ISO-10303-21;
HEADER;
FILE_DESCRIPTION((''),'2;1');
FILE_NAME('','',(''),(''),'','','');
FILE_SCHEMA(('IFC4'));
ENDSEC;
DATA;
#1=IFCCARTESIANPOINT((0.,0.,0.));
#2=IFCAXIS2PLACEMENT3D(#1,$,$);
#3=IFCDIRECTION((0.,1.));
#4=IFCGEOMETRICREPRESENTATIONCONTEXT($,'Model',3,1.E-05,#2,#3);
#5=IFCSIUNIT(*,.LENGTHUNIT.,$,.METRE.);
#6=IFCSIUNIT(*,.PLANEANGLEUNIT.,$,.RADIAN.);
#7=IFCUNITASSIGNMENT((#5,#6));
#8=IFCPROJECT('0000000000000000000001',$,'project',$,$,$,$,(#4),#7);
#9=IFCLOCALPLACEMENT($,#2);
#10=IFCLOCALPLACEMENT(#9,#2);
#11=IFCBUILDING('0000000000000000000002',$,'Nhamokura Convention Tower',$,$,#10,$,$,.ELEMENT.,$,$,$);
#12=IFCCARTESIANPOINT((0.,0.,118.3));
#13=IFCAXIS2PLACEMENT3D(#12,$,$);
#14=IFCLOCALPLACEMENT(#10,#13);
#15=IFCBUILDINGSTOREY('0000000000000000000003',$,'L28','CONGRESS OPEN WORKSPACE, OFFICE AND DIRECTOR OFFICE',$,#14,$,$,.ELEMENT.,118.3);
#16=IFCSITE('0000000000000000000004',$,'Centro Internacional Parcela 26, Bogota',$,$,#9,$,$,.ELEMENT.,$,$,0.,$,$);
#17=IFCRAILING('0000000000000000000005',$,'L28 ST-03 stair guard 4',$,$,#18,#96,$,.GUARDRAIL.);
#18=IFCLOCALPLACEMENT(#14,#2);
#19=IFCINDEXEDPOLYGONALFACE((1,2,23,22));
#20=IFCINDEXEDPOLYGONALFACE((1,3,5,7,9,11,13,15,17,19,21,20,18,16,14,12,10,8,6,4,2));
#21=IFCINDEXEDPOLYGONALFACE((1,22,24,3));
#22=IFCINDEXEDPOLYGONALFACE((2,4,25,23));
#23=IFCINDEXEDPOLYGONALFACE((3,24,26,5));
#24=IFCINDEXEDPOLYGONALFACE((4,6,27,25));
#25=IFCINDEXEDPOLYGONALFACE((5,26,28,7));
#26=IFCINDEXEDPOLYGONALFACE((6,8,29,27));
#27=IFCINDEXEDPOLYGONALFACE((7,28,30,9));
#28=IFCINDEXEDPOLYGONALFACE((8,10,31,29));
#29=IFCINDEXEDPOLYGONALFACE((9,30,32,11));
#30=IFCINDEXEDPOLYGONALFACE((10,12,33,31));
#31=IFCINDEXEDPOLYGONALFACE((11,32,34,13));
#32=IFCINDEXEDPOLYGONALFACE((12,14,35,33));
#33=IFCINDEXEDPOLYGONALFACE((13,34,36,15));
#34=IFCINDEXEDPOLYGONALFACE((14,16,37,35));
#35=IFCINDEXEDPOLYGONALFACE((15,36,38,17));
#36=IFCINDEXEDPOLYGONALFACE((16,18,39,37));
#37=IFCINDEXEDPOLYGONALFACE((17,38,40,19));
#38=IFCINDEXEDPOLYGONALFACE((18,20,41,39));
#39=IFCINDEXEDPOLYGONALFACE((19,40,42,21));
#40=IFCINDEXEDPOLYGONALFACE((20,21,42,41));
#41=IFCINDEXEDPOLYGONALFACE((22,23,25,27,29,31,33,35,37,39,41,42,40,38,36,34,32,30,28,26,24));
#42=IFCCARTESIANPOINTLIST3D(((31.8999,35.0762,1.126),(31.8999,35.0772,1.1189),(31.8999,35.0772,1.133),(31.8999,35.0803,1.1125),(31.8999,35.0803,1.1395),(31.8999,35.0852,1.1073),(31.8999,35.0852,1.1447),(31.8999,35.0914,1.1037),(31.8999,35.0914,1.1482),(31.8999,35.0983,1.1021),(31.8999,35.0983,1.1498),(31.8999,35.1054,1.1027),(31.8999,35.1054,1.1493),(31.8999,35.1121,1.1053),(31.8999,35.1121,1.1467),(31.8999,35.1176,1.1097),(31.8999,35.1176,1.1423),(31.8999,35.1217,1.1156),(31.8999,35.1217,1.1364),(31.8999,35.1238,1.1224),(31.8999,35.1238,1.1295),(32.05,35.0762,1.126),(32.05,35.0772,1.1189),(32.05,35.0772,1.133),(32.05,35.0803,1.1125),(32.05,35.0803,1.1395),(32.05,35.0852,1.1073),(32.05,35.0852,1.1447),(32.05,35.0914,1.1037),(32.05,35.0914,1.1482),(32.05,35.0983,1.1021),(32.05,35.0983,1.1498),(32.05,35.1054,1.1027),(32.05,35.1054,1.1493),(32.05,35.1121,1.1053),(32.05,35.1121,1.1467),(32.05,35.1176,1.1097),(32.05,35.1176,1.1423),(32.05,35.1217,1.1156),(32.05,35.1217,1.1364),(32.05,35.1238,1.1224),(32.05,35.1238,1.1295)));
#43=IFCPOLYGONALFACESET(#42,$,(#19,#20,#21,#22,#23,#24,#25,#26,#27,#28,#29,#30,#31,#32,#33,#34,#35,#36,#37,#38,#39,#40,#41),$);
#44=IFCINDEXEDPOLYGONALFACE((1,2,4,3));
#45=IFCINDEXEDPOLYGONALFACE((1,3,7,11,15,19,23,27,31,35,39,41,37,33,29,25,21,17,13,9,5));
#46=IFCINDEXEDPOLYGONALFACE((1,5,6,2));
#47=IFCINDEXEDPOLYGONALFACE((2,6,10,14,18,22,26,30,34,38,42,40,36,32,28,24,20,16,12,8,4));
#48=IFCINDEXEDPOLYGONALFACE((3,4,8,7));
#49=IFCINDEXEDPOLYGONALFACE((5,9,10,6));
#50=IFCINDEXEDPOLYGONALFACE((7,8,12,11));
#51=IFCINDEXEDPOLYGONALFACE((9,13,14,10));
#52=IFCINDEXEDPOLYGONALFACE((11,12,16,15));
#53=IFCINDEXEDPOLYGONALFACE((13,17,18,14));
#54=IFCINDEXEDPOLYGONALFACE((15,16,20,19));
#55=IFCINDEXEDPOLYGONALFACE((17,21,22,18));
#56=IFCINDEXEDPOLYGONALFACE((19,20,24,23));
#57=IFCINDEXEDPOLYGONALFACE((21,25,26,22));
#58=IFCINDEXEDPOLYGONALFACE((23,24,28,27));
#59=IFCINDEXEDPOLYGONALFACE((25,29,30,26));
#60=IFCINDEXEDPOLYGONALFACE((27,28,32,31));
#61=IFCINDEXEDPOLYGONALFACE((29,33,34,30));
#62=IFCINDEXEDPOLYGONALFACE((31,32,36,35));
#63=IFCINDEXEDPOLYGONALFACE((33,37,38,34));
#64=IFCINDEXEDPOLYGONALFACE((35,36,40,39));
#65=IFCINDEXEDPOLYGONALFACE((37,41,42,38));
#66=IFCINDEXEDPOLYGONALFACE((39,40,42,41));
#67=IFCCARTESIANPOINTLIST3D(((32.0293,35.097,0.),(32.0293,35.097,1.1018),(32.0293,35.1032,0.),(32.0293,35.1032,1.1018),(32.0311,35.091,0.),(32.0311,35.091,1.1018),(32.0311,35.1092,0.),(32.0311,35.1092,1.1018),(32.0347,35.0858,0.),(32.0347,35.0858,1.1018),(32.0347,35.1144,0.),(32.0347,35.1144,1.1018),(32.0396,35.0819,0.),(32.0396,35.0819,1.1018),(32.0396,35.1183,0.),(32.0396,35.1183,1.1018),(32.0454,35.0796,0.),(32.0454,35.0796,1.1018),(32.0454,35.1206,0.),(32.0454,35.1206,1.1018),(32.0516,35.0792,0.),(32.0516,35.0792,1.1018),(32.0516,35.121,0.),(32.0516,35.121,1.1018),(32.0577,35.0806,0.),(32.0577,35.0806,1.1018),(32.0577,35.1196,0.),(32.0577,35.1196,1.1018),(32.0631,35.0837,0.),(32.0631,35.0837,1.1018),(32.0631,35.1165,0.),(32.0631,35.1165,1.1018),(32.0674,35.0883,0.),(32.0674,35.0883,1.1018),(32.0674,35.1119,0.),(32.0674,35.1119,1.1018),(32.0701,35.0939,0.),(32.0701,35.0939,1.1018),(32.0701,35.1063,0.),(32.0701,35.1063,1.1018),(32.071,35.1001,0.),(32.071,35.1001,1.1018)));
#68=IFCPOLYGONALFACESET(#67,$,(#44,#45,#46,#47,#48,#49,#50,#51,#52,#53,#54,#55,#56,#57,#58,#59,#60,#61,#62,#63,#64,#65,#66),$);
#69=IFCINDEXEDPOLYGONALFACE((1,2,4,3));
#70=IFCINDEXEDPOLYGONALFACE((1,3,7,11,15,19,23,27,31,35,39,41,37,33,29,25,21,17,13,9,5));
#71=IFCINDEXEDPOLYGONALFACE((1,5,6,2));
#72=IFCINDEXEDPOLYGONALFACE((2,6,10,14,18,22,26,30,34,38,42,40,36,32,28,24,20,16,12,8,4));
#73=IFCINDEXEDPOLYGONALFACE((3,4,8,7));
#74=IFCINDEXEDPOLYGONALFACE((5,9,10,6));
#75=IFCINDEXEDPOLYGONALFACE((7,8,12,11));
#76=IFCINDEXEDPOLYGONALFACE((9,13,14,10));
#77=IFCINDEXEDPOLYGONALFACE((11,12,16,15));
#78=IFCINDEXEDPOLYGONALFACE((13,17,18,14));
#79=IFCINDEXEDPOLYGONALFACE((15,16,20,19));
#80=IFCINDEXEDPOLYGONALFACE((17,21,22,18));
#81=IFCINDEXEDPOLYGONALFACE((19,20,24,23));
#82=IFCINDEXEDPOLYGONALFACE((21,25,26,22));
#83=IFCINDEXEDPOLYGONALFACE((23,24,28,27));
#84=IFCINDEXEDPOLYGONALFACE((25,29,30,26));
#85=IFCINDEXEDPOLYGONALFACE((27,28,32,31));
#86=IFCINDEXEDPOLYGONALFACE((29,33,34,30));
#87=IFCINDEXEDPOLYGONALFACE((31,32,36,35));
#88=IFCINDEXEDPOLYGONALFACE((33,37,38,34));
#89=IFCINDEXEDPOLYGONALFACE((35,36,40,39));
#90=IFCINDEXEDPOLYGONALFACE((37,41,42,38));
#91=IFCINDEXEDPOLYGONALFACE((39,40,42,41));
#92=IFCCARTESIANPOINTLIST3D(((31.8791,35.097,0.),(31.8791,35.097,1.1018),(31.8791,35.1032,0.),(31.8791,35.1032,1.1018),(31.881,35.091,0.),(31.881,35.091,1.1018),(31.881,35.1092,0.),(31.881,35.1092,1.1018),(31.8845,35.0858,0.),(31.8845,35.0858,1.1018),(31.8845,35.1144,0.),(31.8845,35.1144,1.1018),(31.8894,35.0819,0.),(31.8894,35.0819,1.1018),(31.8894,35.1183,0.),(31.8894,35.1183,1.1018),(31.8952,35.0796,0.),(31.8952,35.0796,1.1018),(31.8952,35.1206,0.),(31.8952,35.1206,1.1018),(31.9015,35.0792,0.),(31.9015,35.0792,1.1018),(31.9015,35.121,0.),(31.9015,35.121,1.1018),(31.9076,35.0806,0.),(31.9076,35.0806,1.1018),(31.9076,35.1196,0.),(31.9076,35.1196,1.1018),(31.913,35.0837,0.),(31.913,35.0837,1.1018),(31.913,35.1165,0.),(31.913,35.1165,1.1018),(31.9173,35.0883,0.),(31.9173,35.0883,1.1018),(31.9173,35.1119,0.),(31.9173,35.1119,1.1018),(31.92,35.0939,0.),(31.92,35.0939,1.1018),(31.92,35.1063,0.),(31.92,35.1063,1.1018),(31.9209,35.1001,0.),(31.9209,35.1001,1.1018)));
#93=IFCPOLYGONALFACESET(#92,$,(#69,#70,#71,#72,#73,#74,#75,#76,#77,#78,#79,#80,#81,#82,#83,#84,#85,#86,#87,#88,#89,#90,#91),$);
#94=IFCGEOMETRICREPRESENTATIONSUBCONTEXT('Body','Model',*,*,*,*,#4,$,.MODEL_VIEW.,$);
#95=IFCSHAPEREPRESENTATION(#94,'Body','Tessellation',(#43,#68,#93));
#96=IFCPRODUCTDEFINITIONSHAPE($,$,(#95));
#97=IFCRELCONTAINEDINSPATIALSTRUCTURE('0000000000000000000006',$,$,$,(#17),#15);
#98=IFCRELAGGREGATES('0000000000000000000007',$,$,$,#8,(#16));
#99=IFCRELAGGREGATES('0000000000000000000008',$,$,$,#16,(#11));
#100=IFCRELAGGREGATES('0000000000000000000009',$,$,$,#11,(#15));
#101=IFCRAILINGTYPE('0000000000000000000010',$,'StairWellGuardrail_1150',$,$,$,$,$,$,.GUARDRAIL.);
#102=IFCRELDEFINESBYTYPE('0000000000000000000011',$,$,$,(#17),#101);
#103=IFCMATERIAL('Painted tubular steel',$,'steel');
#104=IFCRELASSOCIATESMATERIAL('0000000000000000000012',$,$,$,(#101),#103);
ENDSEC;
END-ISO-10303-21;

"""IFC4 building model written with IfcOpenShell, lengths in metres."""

from ifc_helpers import new_model, si_unit, direction, frame, origin, origin_2d, place, context, subcontext, project, spatial, circle, extrude, material, type_object, element, save


model = new_model("IFC4")

# Units and contexts
model_context = context("Model", 3, precision=1e-05, world=origin(), true_north=direction((0.0, 1.0)))
body_context = subcontext(model_context, "Body", "Model", "MODEL_VIEW")
ifc_project = project(units=[si_unit("LENGTHUNIT", "METRE"), si_unit("PLANEANGLEUNIT", "RADIAN")], contexts=[model_context])

# Site, building, storey
site_placement = place(None, origin())
site = spatial("IfcSite", under=ifc_project, at=site_placement, Name="Centro Internacional Parcela 26, Bogota", CompositionType="ELEMENT", RefElevation=0.0)
building_placement = place(site_placement, origin())
building = spatial("IfcBuilding", under=site, at=building_placement, Name="Nhamokura Convention Tower", CompositionType="ELEMENT")
storey_placement = place(building_placement, frame((0.0, 0.0, 118.3)))
storey = spatial("IfcBuildingStorey", under=building, at=storey_placement, Name="L28", Description="CONGRESS OPEN WORKSPACE, OFFICE AND DIRECTOR OFFICE", CompositionType="ELEMENT", Elevation=118.3)

# Railing
ifc_material_1 = material(Name="Painted tubular steel", Category="steel")
railing_type_1 = type_object("IfcRailingType", Name="StairWellGuardrail_1150", PredefinedType="GUARDRAIL", material=ifc_material_1)
railing_1_placement = place(storey_placement, frame((32.05, 35.1001, 0.0)))
element("IfcRailing", 1, at=railing_1_placement, inside=storey, type_object=railing_type_1, Name="L28 ST-03 stair guard 4", PredefinedType="GUARDRAIL", context=body_context, shape_type="SweptSolid", body=[
    extrude(circle(Radius=0.0239, at=origin_2d()), frame((0.0, 0.0, 1.126), z_axis=(-1.0, 0.0, 0.0), x_axis=(0.0, -1.0, 0.0)), (0.0, 0.0, 1.0), 0.1501),
    extrude(circle(Radius=0.021, at=origin_2d()), origin(), (0.0, 0.0, 1.0), 1.1018),
    extrude(circle(Radius=0.021, at=origin_2d()), frame((-0.1501, 0.0, 0.0)), (0.0, 0.0, 1.0), 1.1018),
])

save(model, "model.ifc")
